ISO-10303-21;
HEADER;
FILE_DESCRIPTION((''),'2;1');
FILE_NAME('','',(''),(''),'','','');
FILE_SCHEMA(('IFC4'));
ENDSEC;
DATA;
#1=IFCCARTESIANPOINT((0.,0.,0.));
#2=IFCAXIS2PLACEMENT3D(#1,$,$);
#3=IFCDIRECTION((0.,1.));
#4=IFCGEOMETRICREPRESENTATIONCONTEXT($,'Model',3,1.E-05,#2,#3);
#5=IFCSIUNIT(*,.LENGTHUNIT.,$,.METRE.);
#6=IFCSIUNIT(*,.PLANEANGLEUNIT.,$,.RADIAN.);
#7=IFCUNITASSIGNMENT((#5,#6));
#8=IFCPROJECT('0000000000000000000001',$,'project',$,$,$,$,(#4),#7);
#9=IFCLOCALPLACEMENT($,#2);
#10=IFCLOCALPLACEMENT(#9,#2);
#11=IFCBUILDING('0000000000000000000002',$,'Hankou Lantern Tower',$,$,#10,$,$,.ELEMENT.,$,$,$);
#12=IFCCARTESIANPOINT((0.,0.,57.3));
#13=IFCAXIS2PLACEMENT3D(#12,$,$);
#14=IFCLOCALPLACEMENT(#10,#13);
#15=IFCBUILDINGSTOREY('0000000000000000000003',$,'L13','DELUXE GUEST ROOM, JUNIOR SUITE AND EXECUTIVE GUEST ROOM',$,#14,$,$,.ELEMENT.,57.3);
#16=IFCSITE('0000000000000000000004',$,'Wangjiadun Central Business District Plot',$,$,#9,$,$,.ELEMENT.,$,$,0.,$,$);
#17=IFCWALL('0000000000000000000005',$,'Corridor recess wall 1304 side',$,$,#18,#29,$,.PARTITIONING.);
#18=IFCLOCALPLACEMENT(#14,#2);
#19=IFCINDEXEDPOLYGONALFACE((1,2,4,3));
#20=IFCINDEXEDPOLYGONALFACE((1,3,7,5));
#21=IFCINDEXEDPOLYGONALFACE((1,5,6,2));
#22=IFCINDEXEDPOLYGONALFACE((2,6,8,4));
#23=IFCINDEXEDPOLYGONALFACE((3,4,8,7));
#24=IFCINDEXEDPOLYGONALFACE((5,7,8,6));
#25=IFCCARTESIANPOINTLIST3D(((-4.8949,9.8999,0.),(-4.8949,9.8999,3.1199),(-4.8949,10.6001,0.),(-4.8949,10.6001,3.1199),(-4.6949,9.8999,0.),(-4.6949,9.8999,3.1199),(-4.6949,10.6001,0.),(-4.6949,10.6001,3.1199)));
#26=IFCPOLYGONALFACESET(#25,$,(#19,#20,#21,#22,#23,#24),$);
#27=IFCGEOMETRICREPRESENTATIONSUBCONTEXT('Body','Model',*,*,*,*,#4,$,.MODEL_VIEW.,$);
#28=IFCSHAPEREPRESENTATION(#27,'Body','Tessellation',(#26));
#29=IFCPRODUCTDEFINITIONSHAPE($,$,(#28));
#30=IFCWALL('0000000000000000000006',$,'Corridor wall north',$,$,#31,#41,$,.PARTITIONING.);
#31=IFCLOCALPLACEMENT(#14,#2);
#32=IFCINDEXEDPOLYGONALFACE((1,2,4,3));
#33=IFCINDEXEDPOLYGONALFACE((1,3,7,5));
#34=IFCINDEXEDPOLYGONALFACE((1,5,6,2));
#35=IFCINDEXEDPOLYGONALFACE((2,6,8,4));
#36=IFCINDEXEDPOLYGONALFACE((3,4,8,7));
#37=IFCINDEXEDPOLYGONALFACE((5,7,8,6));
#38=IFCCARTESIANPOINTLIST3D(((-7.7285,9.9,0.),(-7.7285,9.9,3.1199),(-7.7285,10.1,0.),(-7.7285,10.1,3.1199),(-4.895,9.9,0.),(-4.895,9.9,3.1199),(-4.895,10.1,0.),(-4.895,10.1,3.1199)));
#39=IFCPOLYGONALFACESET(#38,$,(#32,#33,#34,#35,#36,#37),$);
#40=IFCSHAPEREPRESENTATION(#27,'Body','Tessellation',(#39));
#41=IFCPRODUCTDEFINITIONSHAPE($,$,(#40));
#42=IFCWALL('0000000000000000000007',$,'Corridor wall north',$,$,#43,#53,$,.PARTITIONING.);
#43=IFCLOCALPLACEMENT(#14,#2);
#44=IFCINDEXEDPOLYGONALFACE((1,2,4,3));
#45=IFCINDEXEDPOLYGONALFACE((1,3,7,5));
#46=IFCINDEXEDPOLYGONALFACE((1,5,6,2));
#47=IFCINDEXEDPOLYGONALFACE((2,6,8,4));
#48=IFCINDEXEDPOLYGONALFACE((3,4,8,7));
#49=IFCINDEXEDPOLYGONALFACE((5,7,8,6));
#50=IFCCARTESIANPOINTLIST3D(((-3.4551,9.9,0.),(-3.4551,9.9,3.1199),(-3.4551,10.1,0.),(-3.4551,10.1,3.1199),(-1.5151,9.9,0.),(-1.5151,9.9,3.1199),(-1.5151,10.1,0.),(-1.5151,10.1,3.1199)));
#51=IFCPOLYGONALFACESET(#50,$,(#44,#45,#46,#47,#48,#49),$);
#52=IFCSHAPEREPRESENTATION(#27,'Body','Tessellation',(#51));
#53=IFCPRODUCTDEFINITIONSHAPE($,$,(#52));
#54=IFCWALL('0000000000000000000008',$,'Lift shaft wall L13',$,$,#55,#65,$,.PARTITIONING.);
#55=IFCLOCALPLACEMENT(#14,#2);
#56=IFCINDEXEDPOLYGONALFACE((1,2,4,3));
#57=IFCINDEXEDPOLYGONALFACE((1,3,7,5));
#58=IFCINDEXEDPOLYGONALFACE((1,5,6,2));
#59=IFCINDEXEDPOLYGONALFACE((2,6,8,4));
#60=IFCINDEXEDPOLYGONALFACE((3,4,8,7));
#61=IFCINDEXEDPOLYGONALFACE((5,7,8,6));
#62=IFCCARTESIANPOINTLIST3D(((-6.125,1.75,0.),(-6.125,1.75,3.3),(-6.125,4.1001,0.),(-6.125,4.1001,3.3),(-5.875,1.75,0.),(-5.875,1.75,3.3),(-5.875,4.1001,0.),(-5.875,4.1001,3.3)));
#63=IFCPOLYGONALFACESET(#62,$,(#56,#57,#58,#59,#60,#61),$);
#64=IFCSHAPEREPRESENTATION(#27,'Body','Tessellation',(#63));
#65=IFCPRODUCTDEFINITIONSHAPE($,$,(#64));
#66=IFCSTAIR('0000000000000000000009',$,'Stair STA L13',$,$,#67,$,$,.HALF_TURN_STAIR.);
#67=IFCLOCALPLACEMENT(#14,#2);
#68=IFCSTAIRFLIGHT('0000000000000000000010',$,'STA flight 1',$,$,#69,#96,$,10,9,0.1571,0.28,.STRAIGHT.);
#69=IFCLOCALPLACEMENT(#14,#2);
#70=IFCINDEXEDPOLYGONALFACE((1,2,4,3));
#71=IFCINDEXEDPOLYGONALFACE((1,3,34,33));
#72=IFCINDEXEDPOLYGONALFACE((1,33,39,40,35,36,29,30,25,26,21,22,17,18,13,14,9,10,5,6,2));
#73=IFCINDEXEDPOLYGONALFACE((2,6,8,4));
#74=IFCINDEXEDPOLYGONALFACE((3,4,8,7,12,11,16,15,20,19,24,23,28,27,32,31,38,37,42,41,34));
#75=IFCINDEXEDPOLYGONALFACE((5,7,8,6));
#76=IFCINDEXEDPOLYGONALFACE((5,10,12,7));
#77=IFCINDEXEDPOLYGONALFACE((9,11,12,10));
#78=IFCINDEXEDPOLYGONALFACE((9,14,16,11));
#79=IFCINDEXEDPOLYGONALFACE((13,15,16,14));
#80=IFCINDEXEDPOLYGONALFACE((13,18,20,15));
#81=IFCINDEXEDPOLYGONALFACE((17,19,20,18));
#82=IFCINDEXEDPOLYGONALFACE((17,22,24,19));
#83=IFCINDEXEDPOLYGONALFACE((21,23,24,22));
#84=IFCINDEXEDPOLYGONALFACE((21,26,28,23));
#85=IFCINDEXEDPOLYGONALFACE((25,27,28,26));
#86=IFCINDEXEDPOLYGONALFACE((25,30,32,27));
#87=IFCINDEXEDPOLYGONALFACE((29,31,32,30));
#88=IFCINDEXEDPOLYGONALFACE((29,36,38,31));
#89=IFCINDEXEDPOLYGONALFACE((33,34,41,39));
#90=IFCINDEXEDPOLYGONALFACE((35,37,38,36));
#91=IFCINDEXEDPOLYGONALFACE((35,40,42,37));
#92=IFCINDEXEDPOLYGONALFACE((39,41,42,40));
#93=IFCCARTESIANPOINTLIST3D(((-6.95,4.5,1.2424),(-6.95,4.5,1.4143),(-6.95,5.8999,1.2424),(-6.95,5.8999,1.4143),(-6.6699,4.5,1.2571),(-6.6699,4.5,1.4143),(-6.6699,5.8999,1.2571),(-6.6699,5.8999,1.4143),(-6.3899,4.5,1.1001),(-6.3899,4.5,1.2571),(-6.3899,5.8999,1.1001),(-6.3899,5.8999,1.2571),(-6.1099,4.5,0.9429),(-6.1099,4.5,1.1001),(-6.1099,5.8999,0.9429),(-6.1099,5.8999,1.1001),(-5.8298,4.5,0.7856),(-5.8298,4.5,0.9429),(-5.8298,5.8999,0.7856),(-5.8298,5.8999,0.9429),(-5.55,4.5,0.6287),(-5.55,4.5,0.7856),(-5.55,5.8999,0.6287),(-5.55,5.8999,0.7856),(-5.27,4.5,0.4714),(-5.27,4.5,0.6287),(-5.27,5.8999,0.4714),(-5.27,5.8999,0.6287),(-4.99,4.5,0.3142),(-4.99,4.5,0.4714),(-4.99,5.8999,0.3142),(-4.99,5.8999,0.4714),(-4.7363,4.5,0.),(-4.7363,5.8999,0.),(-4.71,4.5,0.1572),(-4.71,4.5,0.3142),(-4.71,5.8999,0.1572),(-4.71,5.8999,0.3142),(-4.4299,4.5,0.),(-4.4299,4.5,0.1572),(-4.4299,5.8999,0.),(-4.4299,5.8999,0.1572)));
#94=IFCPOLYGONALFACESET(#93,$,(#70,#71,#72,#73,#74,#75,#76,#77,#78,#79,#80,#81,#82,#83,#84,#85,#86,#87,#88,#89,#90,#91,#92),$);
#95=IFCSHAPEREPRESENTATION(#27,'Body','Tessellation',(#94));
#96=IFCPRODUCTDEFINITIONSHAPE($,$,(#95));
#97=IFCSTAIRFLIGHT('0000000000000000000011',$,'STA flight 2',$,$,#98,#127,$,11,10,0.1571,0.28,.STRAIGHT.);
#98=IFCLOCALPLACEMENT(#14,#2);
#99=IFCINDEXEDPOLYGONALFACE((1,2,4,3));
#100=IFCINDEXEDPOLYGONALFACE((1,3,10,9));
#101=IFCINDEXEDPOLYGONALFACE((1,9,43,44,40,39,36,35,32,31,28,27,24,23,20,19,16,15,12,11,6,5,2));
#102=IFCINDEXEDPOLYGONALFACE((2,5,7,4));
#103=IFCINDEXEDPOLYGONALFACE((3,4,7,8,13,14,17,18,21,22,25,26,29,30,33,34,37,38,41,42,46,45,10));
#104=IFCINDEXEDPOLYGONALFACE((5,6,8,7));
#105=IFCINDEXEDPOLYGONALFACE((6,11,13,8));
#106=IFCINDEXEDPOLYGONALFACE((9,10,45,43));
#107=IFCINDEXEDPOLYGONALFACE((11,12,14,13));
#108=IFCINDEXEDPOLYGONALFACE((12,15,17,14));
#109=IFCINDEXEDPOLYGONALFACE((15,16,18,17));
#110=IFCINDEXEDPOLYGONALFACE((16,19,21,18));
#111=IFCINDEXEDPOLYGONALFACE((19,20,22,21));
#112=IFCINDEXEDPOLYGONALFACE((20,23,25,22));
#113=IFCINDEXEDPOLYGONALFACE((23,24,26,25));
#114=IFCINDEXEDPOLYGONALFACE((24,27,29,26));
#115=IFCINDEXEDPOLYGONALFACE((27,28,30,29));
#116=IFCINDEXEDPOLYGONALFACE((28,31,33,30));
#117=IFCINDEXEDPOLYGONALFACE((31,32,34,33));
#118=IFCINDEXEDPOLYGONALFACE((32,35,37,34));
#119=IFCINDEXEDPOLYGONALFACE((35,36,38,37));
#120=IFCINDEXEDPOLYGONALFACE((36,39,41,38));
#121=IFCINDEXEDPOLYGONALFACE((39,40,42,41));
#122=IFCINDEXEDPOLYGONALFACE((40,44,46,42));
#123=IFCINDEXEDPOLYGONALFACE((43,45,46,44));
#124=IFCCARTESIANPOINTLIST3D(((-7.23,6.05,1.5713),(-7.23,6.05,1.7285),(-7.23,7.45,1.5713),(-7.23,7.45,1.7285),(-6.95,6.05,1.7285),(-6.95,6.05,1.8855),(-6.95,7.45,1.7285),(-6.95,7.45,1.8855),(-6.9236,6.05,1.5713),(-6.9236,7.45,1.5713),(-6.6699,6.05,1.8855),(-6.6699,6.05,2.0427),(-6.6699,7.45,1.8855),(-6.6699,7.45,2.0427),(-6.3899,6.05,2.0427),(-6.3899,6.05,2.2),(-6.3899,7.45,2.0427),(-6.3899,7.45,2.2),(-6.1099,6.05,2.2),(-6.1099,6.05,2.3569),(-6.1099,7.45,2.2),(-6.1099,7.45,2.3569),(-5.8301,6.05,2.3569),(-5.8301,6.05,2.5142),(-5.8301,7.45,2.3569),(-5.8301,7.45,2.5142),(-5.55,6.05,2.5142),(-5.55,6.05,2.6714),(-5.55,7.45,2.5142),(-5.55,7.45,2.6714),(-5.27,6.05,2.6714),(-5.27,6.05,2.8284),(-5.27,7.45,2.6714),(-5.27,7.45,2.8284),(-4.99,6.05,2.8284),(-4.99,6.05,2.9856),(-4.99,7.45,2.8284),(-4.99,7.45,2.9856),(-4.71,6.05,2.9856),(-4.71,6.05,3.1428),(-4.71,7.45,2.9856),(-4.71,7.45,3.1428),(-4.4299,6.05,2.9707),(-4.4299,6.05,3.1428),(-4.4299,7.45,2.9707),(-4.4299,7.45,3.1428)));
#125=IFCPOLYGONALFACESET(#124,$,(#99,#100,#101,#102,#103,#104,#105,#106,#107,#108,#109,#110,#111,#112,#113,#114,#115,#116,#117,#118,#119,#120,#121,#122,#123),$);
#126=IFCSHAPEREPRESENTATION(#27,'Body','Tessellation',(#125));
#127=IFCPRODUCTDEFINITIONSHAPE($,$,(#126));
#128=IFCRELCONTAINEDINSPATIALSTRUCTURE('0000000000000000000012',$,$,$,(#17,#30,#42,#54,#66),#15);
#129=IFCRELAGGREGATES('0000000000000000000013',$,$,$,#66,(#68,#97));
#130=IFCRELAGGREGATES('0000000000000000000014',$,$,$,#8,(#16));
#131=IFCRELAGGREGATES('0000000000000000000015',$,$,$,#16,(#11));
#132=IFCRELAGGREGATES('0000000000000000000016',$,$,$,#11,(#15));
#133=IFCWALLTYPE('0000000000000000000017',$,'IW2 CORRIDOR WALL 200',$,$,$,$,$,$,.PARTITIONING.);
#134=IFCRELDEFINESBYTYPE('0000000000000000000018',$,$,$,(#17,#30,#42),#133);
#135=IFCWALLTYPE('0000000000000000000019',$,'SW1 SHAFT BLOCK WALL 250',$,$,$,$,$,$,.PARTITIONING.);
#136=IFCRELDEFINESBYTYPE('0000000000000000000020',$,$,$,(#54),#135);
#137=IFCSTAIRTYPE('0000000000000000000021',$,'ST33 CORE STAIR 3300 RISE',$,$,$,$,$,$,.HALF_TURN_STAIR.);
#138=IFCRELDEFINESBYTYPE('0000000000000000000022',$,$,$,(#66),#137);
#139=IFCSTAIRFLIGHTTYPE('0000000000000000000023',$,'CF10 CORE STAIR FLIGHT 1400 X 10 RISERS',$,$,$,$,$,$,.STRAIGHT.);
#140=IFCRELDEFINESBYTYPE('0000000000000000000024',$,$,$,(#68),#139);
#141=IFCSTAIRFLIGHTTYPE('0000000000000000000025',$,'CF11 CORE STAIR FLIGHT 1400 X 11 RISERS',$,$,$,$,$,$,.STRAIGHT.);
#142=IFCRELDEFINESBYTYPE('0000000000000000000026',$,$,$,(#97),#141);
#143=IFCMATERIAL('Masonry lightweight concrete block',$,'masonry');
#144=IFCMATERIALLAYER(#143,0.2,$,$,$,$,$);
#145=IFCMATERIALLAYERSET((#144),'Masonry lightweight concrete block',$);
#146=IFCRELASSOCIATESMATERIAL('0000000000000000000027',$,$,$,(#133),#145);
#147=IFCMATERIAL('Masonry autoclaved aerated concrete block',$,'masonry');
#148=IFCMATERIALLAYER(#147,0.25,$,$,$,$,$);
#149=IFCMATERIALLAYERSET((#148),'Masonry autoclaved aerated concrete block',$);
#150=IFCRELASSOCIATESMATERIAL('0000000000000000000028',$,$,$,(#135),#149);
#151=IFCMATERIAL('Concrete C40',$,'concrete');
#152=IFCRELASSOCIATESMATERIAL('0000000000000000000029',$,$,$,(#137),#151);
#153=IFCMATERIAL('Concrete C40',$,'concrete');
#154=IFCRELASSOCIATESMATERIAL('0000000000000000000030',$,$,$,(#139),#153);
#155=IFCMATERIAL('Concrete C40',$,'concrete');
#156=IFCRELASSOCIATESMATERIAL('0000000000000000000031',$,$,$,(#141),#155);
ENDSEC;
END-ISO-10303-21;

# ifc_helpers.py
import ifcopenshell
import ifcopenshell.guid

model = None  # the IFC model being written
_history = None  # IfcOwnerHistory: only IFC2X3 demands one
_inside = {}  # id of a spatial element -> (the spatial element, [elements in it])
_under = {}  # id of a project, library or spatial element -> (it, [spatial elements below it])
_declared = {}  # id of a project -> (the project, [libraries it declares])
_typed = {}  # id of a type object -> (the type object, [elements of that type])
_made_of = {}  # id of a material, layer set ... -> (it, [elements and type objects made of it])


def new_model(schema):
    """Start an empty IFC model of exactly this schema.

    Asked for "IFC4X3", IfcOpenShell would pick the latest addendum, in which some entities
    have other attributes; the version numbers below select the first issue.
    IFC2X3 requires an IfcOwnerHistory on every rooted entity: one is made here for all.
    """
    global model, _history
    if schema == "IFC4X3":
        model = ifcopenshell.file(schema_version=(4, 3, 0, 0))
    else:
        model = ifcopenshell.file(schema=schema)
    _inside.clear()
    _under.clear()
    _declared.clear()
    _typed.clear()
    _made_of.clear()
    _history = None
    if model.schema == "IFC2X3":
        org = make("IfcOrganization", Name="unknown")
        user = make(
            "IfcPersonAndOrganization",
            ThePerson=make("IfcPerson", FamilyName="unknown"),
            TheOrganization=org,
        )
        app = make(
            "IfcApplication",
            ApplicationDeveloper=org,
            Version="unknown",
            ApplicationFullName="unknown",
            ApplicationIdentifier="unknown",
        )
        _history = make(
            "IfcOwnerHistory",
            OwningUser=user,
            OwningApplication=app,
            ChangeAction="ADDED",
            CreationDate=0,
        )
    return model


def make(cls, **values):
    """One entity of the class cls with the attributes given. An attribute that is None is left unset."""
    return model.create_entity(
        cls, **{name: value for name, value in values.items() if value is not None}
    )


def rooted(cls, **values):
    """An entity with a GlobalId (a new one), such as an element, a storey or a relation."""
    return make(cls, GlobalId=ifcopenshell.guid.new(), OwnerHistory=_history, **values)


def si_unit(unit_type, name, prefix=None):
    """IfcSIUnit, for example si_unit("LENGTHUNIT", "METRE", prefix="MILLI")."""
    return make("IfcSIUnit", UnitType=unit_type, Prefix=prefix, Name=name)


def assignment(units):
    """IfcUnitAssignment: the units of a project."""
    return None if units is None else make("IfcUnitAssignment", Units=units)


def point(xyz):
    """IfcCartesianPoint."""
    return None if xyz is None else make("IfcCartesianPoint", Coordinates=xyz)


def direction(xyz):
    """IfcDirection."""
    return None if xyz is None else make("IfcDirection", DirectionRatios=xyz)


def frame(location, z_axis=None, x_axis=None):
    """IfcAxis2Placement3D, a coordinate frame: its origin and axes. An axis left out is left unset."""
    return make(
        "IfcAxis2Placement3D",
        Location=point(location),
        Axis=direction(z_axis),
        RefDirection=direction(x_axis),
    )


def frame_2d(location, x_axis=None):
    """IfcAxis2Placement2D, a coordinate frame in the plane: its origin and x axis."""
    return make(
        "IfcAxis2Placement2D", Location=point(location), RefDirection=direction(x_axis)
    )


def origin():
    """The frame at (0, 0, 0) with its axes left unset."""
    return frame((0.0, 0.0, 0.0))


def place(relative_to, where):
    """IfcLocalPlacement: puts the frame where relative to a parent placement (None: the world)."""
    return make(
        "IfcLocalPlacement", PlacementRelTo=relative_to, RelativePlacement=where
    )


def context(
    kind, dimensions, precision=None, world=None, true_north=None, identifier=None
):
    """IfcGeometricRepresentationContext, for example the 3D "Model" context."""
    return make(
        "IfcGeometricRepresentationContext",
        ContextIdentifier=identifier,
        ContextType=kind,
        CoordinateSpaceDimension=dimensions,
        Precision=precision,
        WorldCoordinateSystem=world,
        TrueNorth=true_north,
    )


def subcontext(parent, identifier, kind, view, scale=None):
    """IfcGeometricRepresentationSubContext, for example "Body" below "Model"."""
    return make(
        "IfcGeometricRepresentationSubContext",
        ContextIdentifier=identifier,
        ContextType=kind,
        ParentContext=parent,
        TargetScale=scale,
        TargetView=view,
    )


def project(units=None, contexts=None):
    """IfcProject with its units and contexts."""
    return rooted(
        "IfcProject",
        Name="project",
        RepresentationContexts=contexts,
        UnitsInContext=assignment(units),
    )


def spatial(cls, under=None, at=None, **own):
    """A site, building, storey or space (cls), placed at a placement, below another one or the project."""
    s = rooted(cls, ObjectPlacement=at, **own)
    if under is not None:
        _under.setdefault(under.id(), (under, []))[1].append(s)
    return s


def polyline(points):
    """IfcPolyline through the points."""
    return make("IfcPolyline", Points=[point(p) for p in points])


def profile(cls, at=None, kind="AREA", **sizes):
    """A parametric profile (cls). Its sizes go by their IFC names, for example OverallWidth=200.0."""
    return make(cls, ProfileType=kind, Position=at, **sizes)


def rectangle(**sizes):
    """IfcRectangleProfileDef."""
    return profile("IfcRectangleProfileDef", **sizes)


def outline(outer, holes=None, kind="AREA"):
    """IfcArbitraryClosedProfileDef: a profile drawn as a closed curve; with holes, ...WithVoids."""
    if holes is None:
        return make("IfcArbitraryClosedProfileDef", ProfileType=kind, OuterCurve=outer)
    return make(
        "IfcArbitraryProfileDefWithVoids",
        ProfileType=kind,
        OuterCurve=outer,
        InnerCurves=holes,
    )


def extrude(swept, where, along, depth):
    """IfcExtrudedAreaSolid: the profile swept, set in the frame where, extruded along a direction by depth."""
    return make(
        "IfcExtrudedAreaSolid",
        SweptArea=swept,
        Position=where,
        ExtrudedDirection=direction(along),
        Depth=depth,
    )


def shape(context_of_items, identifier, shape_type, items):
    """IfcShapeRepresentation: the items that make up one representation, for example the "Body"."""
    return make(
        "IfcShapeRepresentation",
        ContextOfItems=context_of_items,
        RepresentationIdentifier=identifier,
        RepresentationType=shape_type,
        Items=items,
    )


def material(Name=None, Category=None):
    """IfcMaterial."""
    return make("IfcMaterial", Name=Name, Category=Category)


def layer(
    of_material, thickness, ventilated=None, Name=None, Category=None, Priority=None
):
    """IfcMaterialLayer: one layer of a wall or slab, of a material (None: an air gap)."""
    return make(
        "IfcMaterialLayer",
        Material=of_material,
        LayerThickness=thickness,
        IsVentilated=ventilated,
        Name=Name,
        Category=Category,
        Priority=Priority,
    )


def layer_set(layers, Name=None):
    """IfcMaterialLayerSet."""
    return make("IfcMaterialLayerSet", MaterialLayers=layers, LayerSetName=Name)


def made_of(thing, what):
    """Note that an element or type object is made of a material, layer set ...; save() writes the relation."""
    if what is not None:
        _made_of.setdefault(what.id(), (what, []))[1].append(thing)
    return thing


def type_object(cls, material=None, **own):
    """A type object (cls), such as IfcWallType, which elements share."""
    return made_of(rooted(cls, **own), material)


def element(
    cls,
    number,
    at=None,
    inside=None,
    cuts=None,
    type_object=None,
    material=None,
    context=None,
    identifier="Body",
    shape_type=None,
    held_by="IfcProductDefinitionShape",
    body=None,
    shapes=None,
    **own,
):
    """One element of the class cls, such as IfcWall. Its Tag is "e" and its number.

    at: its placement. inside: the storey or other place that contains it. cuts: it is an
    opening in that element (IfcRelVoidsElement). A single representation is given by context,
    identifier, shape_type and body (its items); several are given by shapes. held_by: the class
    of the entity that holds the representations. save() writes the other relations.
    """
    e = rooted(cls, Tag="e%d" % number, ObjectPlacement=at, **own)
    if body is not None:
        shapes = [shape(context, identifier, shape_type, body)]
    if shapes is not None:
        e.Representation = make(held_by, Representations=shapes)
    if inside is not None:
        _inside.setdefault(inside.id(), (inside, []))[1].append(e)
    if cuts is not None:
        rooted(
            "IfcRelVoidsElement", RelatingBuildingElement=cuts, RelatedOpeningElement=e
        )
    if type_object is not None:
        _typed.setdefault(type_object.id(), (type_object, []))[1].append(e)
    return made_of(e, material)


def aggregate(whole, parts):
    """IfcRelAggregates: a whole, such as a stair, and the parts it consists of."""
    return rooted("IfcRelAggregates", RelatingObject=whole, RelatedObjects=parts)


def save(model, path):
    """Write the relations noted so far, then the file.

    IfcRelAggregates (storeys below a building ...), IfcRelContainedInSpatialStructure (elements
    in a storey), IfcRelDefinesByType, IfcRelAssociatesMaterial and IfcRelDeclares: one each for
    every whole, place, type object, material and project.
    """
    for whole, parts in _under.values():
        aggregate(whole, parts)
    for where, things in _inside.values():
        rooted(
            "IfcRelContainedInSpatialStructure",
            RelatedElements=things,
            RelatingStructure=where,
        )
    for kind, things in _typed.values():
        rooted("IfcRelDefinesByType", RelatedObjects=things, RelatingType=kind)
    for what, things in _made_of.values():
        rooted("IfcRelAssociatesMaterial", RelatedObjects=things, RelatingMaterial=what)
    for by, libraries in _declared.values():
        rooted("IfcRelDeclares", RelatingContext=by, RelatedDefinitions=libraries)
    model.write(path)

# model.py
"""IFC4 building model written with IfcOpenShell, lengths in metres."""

from ifc_helpers import new_model, si_unit, direction, frame, frame_2d, origin, place, context, subcontext, project, spatial, polyline, rectangle, outline, extrude, material, layer, layer_set, type_object, element, aggregate, save


model = new_model("IFC4")

# Units and contexts
model_context = context("Model", 3, precision=1e-05, world=origin(), true_north=direction((0.0, 1.0)))
body_context = subcontext(model_context, "Body", "Model", "MODEL_VIEW")
ifc_project = project(units=[si_unit("LENGTHUNIT", "METRE"), si_unit("PLANEANGLEUNIT", "RADIAN")], contexts=[model_context])

# Site, building, storey
site_placement = place(None, origin())
site = spatial("IfcSite", under=ifc_project, at=site_placement, Name="Wangjiadun Central Business District Plot", CompositionType="ELEMENT", RefElevation=0.0)
building_placement = place(site_placement, origin())
building = spatial("IfcBuilding", under=site, at=building_placement, Name="Hankou Lantern Tower", CompositionType="ELEMENT")
storey_placement = place(building_placement, frame((0.0, 0.0, 57.3)))
storey = spatial("IfcBuildingStorey", under=building, at=storey_placement, Name="L13", Description="DELUXE GUEST ROOM, JUNIOR SUITE AND EXECUTIVE GUEST ROOM", CompositionType="ELEMENT", Elevation=57.3)

# Walls
ifc_material_1 = material(Name="Masonry lightweight concrete block", Category="masonry")
ifc_layer_1 = layer(ifc_material_1, 0.2)
ifc_layer_set_1 = layer_set([ifc_layer_1], Name="Masonry lightweight concrete block")
wall_type_1 = type_object("IfcWallType", Name="IW2 CORRIDOR WALL 200", PredefinedType="PARTITIONING", material=ifc_layer_set_1)
wall_1_placement = place(storey_placement, frame((-4.7949, 9.8999, 0.0), z_axis=(0.0, 0.0, 1.0), x_axis=(0.0, 1.0, 0.0)))
element("IfcWall", 1, at=wall_1_placement, inside=storey, type_object=wall_type_1, Name="Corridor recess wall 1304 side", PredefinedType="PARTITIONING", context=body_context, shape_type="SweptSolid", body=[
    extrude(rectangle(XDim=0.7002, YDim=0.2, at=frame_2d((0.3501, 0.0))), origin(), (0.0, 0.0, 1.0), 3.1199),
])
wall_2_placement = place(storey_placement, frame((-7.7285, 10.0, 0.0), z_axis=(0.0, 0.0, 1.0), x_axis=(1.0, 0.0, 0.0)))
element("IfcWall", 2, at=wall_2_placement, inside=storey, type_object=wall_type_1, Name="Corridor wall north", PredefinedType="PARTITIONING", context=body_context, shape_type="SweptSolid", body=[
    extrude(rectangle(XDim=2.8335, YDim=0.2, at=frame_2d((1.4167, 0.0))), origin(), (0.0, 0.0, 1.0), 3.1199),
])
wall_3_placement = place(storey_placement, frame((-3.4551, 10.0, 0.0), z_axis=(0.0, 0.0, 1.0), x_axis=(1.0, 0.0, 0.0)))
element("IfcWall", 3, at=wall_3_placement, inside=storey, type_object=wall_type_1, Name="Corridor wall north", PredefinedType="PARTITIONING", context=body_context, shape_type="SweptSolid", body=[
    extrude(rectangle(XDim=1.9399, YDim=0.2, at=frame_2d((0.97, 0.0))), origin(), (0.0, 0.0, 1.0), 3.1199),
])
ifc_material_2 = material(Name="Masonry autoclaved aerated concrete block", Category="masonry")
ifc_layer_2 = layer(ifc_material_2, 0.25)
ifc_layer_set_2 = layer_set([ifc_layer_2], Name="Masonry autoclaved aerated concrete block")
wall_type_2 = type_object("IfcWallType", Name="SW1 SHAFT BLOCK WALL 250", PredefinedType="PARTITIONING", material=ifc_layer_set_2)
wall_4_placement = place(storey_placement, frame((-6.0, 1.75, 0.0), z_axis=(0.0, 0.0, 1.0), x_axis=(0.0, 1.0, 0.0)))
element("IfcWall", 4, at=wall_4_placement, inside=storey, type_object=wall_type_2, Name="Lift shaft wall L13", PredefinedType="PARTITIONING", context=body_context, shape_type="SweptSolid", body=[
    extrude(rectangle(XDim=2.3501, YDim=0.25, at=frame_2d((1.175, 0.0))), origin(), (0.0, 0.0, 1.0), 3.3),
])

# Stair, stair flights
ifc_material_3 = material(Name="Concrete C40", Category="concrete")
stair_type = type_object("IfcStairType", Name="ST33 CORE STAIR 3300 RISE", PredefinedType="HALF_TURN_STAIR", material=ifc_material_3)
stair_placement = place(storey_placement, origin())
stair = element("IfcStair", 5, at=stair_placement, inside=storey, type_object=stair_type, Name="Stair STA L13", PredefinedType="HALF_TURN_STAIR")
ifc_material_4 = material(Name="Concrete C40", Category="concrete")
stair_flight_type_1 = type_object("IfcStairFlightType", Name="CF10 CORE STAIR FLIGHT 1400 X 10 RISERS", PredefinedType="STRAIGHT", material=ifc_material_4)
stair_flight_1_placement = place(storey_placement, frame((-4.4299, 5.2, 0.0), z_axis=(0.0, 0.0, 1.0), x_axis=(-1.0, 0.0, 0.0)))
stair_flight_1 = element("IfcStairFlight", 6, at=stair_flight_1_placement, type_object=stair_flight_type_1, Name="STA flight 1", NumberOfRisers=10, NumberOfTreads=9, PredefinedType="STRAIGHT", RiserHeight=0.1571, TreadLength=0.28, context=body_context, shape_type="SweptSolid", body=[
    extrude(outline(polyline([(0.0, 0.0), (0.0, 0.1572), (0.28, 0.1572), (0.28, 0.3142), (0.5601, 0.3142), (0.5601, 0.4714), (0.8401, 0.4714), (0.8401, 0.6287), (1.1201, 0.6287), (1.1201, 0.7856), (1.3999, 0.7856), (1.3999, 0.9429), (1.6799, 0.9429), (1.6799, 1.1001), (1.96, 1.1001), (1.96, 1.2571), (2.24, 1.2571), (2.24, 1.4143), (2.52, 1.4143), (2.52, 1.5715), (2.52, 1.2424), (0.3064, 0.0), (0.0, 0.0)])), frame((0.0, 0.7, 0.0), z_axis=(0.0, -1.0, 0.0), x_axis=(1.0, 0.0, 0.0)), (0.0, 0.0, 1.0), 1.3999),
])
ifc_material_5 = material(Name="Concrete C40", Category="concrete")
stair_flight_type_2 = type_object("IfcStairFlightType", Name="CF11 CORE STAIR FLIGHT 1400 X 11 RISERS", PredefinedType="STRAIGHT", material=ifc_material_5)
stair_flight_2_placement = place(storey_placement, frame((-7.23, 6.75, 1.5713), z_axis=(0.0, 0.0, 1.0), x_axis=(1.0, 0.0, 0.0)))
stair_flight_2 = element("IfcStairFlight", 7, at=stair_flight_2_placement, type_object=stair_flight_type_2, Name="STA flight 2", NumberOfRisers=11, NumberOfTreads=10, PredefinedType="STRAIGHT", RiserHeight=0.1571, TreadLength=0.28, context=body_context, shape_type="SweptSolid", body=[
    extrude(outline(polyline([(0.0, 0.0), (0.0, 0.1572), (0.28, 0.1572), (0.28, 0.3142), (0.5601, 0.3142), (0.5601, 0.4714), (0.8401, 0.4714), (0.8401, 0.6287), (1.1201, 0.6287), (1.1201, 0.7856), (1.3999, 0.7856), (1.3999, 0.9429), (1.6799, 0.9429), (1.6799, 1.1001), (1.96, 1.1001), (1.96, 1.2571), (2.24, 1.2571), (2.24, 1.4143), (2.52, 1.4143), (2.52, 1.5715), (2.8, 1.5715), (2.8, 1.7285), (2.8, 1.3994), (0.3064, 0.0), (0.0, 0.0)])), frame((0.0, 0.7, 0.0), z_axis=(0.0, -1.0, 0.0), x_axis=(1.0, 0.0, 0.0)), (0.0, 0.0, 1.0), 1.3999),
])
aggregate(stair, [stair_flight_1, stair_flight_2])

save(model, "model.ifc")
